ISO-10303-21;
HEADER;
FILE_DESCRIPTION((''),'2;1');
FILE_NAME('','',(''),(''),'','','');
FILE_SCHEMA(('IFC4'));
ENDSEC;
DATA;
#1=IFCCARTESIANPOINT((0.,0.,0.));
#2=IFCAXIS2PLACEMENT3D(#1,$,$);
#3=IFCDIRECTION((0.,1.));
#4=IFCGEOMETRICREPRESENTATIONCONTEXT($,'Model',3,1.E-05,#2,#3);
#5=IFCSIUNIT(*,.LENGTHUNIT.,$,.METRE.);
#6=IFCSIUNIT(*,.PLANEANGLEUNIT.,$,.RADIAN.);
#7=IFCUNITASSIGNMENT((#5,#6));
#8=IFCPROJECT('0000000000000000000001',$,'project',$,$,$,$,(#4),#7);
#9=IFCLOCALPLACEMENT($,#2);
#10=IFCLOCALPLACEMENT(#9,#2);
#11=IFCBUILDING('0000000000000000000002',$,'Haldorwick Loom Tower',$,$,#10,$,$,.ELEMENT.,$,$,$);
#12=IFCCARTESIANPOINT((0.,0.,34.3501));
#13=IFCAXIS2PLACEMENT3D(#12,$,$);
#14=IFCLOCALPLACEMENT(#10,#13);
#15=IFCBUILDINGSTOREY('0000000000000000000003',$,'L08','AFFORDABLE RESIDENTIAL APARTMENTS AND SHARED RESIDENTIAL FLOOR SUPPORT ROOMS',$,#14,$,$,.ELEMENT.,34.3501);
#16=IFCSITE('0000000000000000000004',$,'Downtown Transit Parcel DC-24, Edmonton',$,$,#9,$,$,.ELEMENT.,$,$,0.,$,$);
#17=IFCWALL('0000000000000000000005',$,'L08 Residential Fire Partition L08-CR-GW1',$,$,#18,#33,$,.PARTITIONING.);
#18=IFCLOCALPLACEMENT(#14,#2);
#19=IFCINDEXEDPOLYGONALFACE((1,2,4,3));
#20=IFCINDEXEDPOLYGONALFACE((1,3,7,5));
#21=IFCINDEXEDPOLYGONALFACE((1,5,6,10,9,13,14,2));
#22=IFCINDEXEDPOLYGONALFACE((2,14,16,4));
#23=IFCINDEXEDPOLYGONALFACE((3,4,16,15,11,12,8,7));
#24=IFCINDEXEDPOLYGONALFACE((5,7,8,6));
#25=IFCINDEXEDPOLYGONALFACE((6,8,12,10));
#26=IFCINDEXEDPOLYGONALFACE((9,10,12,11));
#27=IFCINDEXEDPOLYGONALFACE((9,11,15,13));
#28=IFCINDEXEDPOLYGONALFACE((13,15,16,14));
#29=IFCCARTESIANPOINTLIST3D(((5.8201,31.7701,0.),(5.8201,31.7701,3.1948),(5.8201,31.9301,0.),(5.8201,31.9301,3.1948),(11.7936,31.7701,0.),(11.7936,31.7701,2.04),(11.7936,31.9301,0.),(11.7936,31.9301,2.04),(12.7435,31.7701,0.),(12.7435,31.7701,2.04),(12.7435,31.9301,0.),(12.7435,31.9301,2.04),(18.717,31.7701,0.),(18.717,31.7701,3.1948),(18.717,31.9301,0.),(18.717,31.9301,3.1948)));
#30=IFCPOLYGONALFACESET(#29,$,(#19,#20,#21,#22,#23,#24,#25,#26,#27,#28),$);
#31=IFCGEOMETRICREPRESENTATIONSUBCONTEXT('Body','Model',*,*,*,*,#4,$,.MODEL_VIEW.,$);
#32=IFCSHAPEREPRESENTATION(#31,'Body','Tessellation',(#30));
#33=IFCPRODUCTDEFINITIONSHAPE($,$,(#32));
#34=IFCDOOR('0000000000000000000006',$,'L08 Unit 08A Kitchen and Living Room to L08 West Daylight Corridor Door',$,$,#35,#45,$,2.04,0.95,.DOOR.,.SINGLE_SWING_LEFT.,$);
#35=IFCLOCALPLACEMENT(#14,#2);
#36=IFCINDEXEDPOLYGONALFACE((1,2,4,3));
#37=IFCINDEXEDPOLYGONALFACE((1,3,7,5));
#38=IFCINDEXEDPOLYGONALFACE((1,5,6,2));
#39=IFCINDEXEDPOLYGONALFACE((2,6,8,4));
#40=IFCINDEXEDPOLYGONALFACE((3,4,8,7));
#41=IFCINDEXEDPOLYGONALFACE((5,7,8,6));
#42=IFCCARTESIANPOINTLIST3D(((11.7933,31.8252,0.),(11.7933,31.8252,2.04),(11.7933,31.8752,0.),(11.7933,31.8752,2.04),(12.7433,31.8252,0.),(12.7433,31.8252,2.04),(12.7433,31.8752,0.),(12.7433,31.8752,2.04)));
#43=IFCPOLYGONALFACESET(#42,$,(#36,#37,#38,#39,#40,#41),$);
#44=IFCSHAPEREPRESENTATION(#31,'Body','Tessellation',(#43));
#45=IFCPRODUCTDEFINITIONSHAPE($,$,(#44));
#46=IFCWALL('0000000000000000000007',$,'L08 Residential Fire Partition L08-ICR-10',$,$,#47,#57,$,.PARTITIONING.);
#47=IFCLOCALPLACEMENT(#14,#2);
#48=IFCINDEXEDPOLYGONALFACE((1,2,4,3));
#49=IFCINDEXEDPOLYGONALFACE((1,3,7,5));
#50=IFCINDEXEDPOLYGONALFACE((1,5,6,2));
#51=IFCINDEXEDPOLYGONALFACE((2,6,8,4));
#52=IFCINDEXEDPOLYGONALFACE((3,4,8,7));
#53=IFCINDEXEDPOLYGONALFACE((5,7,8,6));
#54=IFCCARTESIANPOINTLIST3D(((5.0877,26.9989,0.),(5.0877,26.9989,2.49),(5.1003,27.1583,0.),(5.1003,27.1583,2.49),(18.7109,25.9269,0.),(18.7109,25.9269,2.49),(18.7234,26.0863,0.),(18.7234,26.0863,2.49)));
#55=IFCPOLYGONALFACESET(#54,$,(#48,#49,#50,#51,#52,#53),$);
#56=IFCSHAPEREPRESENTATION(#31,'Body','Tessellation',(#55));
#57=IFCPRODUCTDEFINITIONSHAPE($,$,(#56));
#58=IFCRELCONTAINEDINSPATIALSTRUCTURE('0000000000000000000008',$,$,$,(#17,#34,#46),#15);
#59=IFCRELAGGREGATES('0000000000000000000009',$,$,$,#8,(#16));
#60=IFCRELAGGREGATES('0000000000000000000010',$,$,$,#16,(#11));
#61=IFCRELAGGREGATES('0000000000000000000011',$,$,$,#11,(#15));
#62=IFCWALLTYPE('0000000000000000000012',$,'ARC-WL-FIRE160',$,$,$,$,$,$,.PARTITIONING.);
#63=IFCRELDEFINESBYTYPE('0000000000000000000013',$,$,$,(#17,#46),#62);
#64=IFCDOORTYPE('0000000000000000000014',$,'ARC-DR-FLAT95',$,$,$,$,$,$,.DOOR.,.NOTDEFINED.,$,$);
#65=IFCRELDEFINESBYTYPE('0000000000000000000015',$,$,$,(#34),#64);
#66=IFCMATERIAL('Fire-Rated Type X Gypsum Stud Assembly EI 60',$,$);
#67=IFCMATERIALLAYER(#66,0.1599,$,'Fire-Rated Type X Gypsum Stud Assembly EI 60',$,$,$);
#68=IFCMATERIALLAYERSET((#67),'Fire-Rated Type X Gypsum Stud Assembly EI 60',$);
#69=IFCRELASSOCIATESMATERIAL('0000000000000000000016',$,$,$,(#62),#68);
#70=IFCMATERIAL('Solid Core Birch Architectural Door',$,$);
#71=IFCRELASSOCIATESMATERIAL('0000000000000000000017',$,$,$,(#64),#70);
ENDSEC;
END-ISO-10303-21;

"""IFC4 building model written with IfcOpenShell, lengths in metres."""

from ifc_helpers import new_model, si_unit, direction, frame, frame_2d, origin, place, context, subcontext, project, spatial, rectangle, extrude, material, layer, layer_set, type_object, element, fill, save


model = new_model("IFC4")

# Units and contexts
model_context = context("Model", 3, precision=1e-05, world=origin(), true_north=direction((0.0, 1.0)))
body_context = subcontext(model_context, "Body", "Model", "MODEL_VIEW")
ifc_project = project(units=[si_unit("LENGTHUNIT", "METRE"), si_unit("PLANEANGLEUNIT", "RADIAN")], contexts=[model_context])

# Site, building, storey
site_placement = place(None, origin())
site = spatial("IfcSite", under=ifc_project, at=site_placement, Name="Downtown Transit Parcel DC-24, Edmonton", CompositionType="ELEMENT", RefElevation=0.0)
building_placement = place(site_placement, origin())
building = spatial("IfcBuilding", under=site, at=building_placement, Name="Haldorwick Loom Tower", CompositionType="ELEMENT")
storey_placement = place(building_placement, frame((0.0, 0.0, 34.3501)))
storey = spatial("IfcBuildingStorey", under=building, at=storey_placement, Name="L08", Description="AFFORDABLE RESIDENTIAL APARTMENTS AND SHARED RESIDENTIAL FLOOR SUPPORT ROOMS", CompositionType="ELEMENT", Elevation=34.3501)

# Shared definitions
ifc_material_1 = material(Name="Fire-Rated Type X Gypsum Stud Assembly EI 60")
ifc_layer_1 = layer(ifc_material_1, 0.1599, Name="Fire-Rated Type X Gypsum Stud Assembly EI 60")
ifc_layer_set_1 = layer_set([ifc_layer_1], Name="Fire-Rated Type X Gypsum Stud Assembly EI 60")
wall_type_1 = type_object("IfcWallType", Name="ARC-WL-FIRE160", PredefinedType="PARTITIONING", material=ifc_layer_set_1)
ifc_material_2 = material(Name="Solid Core Birch Architectural Door")
door_type_1 = type_object("IfcDoorType", Name="ARC-DR-FLAT95", OperationType="NOTDEFINED", PredefinedType="DOOR", material=ifc_material_2)

# Wall, opening, door
wall_1_placement = place(storey_placement, frame((5.8201, 31.8501, 0.0), z_axis=(0.0, 0.0, 1.0), x_axis=(1.0, 0.0, 0.0)))
wall_1 = element("IfcWall", 1, at=wall_1_placement, inside=storey, type_object=wall_type_1, Name="L08 Residential Fire Partition L08-CR-GW1", PredefinedType="PARTITIONING", context=body_context, shape_type="SweptSolid", body=[
    extrude(rectangle(XDim=12.897, YDim=0.1599, at=frame_2d((6.4485, 0.0))), origin(), (0.0, 0.0, 1.0), 3.1948),
])
opening_1_placement = place(wall_1_placement, frame((5.9734, 0.0, 0.0)))
opening_1 = element("IfcOpeningElement", 2, at=opening_1_placement, cuts=wall_1, PredefinedType="OPENING", context=body_context, shape_type="SweptSolid", body=[
    extrude(rectangle(XDim=0.95, YDim=2.04, at=frame_2d((0.4751, 1.02))), frame((0.0, 0.0898, 0.0), z_axis=(0.0, -1.0, 0.0), x_axis=(1.0, 0.0, 0.0)), (0.0, 0.0, 1.0), 0.1799),
])
door_1_placement = place(opening_1_placement, frame((0.95, 0.0, 0.0), z_axis=(0.0, 0.0, 1.0), x_axis=(-1.0, 0.0, 0.0)))
door_1 = element("IfcDoor", 3, at=door_1_placement, inside=storey, type_object=door_type_1, Name="L08 Unit 08A Kitchen and Living Room to L08 West Daylight Corridor Door", OperationType="SINGLE_SWING_LEFT", OverallHeight=2.04, OverallWidth=0.95, PredefinedType="DOOR", context=body_context, shape_type="SweptSolid", body=[
    extrude(rectangle(XDim=0.95, YDim=2.04, at=frame_2d((0.4751, 1.02))), frame((0.0, 0.0249, 0.0), z_axis=(0.0, -1.0, 0.0), x_axis=(1.0, 0.0, 0.0)), (0.0, 0.0, 1.0), 0.05),
])
fill(opening_1, door_1)

# Wall
wall_2_placement = place(storey_placement, frame((18.717, 26.0066, 0.0), z_axis=(0.0, 0.0, 1.0), x_axis=(-0.996918, 0.078449, 0.0)))
element("IfcWall", 4, at=wall_2_placement, inside=storey, type_object=wall_type_1, Name="L08 Residential Fire Partition L08-ICR-10", PredefinedType="PARTITIONING", context=body_context, shape_type="SweptSolid", body=[
    extrude(rectangle(XDim=13.6653, YDim=0.1599, at=frame_2d((6.8325, 0.0))), origin(), (0.0, 0.0, 1.0), 2.49),
])

save(model, "model.ifc")
